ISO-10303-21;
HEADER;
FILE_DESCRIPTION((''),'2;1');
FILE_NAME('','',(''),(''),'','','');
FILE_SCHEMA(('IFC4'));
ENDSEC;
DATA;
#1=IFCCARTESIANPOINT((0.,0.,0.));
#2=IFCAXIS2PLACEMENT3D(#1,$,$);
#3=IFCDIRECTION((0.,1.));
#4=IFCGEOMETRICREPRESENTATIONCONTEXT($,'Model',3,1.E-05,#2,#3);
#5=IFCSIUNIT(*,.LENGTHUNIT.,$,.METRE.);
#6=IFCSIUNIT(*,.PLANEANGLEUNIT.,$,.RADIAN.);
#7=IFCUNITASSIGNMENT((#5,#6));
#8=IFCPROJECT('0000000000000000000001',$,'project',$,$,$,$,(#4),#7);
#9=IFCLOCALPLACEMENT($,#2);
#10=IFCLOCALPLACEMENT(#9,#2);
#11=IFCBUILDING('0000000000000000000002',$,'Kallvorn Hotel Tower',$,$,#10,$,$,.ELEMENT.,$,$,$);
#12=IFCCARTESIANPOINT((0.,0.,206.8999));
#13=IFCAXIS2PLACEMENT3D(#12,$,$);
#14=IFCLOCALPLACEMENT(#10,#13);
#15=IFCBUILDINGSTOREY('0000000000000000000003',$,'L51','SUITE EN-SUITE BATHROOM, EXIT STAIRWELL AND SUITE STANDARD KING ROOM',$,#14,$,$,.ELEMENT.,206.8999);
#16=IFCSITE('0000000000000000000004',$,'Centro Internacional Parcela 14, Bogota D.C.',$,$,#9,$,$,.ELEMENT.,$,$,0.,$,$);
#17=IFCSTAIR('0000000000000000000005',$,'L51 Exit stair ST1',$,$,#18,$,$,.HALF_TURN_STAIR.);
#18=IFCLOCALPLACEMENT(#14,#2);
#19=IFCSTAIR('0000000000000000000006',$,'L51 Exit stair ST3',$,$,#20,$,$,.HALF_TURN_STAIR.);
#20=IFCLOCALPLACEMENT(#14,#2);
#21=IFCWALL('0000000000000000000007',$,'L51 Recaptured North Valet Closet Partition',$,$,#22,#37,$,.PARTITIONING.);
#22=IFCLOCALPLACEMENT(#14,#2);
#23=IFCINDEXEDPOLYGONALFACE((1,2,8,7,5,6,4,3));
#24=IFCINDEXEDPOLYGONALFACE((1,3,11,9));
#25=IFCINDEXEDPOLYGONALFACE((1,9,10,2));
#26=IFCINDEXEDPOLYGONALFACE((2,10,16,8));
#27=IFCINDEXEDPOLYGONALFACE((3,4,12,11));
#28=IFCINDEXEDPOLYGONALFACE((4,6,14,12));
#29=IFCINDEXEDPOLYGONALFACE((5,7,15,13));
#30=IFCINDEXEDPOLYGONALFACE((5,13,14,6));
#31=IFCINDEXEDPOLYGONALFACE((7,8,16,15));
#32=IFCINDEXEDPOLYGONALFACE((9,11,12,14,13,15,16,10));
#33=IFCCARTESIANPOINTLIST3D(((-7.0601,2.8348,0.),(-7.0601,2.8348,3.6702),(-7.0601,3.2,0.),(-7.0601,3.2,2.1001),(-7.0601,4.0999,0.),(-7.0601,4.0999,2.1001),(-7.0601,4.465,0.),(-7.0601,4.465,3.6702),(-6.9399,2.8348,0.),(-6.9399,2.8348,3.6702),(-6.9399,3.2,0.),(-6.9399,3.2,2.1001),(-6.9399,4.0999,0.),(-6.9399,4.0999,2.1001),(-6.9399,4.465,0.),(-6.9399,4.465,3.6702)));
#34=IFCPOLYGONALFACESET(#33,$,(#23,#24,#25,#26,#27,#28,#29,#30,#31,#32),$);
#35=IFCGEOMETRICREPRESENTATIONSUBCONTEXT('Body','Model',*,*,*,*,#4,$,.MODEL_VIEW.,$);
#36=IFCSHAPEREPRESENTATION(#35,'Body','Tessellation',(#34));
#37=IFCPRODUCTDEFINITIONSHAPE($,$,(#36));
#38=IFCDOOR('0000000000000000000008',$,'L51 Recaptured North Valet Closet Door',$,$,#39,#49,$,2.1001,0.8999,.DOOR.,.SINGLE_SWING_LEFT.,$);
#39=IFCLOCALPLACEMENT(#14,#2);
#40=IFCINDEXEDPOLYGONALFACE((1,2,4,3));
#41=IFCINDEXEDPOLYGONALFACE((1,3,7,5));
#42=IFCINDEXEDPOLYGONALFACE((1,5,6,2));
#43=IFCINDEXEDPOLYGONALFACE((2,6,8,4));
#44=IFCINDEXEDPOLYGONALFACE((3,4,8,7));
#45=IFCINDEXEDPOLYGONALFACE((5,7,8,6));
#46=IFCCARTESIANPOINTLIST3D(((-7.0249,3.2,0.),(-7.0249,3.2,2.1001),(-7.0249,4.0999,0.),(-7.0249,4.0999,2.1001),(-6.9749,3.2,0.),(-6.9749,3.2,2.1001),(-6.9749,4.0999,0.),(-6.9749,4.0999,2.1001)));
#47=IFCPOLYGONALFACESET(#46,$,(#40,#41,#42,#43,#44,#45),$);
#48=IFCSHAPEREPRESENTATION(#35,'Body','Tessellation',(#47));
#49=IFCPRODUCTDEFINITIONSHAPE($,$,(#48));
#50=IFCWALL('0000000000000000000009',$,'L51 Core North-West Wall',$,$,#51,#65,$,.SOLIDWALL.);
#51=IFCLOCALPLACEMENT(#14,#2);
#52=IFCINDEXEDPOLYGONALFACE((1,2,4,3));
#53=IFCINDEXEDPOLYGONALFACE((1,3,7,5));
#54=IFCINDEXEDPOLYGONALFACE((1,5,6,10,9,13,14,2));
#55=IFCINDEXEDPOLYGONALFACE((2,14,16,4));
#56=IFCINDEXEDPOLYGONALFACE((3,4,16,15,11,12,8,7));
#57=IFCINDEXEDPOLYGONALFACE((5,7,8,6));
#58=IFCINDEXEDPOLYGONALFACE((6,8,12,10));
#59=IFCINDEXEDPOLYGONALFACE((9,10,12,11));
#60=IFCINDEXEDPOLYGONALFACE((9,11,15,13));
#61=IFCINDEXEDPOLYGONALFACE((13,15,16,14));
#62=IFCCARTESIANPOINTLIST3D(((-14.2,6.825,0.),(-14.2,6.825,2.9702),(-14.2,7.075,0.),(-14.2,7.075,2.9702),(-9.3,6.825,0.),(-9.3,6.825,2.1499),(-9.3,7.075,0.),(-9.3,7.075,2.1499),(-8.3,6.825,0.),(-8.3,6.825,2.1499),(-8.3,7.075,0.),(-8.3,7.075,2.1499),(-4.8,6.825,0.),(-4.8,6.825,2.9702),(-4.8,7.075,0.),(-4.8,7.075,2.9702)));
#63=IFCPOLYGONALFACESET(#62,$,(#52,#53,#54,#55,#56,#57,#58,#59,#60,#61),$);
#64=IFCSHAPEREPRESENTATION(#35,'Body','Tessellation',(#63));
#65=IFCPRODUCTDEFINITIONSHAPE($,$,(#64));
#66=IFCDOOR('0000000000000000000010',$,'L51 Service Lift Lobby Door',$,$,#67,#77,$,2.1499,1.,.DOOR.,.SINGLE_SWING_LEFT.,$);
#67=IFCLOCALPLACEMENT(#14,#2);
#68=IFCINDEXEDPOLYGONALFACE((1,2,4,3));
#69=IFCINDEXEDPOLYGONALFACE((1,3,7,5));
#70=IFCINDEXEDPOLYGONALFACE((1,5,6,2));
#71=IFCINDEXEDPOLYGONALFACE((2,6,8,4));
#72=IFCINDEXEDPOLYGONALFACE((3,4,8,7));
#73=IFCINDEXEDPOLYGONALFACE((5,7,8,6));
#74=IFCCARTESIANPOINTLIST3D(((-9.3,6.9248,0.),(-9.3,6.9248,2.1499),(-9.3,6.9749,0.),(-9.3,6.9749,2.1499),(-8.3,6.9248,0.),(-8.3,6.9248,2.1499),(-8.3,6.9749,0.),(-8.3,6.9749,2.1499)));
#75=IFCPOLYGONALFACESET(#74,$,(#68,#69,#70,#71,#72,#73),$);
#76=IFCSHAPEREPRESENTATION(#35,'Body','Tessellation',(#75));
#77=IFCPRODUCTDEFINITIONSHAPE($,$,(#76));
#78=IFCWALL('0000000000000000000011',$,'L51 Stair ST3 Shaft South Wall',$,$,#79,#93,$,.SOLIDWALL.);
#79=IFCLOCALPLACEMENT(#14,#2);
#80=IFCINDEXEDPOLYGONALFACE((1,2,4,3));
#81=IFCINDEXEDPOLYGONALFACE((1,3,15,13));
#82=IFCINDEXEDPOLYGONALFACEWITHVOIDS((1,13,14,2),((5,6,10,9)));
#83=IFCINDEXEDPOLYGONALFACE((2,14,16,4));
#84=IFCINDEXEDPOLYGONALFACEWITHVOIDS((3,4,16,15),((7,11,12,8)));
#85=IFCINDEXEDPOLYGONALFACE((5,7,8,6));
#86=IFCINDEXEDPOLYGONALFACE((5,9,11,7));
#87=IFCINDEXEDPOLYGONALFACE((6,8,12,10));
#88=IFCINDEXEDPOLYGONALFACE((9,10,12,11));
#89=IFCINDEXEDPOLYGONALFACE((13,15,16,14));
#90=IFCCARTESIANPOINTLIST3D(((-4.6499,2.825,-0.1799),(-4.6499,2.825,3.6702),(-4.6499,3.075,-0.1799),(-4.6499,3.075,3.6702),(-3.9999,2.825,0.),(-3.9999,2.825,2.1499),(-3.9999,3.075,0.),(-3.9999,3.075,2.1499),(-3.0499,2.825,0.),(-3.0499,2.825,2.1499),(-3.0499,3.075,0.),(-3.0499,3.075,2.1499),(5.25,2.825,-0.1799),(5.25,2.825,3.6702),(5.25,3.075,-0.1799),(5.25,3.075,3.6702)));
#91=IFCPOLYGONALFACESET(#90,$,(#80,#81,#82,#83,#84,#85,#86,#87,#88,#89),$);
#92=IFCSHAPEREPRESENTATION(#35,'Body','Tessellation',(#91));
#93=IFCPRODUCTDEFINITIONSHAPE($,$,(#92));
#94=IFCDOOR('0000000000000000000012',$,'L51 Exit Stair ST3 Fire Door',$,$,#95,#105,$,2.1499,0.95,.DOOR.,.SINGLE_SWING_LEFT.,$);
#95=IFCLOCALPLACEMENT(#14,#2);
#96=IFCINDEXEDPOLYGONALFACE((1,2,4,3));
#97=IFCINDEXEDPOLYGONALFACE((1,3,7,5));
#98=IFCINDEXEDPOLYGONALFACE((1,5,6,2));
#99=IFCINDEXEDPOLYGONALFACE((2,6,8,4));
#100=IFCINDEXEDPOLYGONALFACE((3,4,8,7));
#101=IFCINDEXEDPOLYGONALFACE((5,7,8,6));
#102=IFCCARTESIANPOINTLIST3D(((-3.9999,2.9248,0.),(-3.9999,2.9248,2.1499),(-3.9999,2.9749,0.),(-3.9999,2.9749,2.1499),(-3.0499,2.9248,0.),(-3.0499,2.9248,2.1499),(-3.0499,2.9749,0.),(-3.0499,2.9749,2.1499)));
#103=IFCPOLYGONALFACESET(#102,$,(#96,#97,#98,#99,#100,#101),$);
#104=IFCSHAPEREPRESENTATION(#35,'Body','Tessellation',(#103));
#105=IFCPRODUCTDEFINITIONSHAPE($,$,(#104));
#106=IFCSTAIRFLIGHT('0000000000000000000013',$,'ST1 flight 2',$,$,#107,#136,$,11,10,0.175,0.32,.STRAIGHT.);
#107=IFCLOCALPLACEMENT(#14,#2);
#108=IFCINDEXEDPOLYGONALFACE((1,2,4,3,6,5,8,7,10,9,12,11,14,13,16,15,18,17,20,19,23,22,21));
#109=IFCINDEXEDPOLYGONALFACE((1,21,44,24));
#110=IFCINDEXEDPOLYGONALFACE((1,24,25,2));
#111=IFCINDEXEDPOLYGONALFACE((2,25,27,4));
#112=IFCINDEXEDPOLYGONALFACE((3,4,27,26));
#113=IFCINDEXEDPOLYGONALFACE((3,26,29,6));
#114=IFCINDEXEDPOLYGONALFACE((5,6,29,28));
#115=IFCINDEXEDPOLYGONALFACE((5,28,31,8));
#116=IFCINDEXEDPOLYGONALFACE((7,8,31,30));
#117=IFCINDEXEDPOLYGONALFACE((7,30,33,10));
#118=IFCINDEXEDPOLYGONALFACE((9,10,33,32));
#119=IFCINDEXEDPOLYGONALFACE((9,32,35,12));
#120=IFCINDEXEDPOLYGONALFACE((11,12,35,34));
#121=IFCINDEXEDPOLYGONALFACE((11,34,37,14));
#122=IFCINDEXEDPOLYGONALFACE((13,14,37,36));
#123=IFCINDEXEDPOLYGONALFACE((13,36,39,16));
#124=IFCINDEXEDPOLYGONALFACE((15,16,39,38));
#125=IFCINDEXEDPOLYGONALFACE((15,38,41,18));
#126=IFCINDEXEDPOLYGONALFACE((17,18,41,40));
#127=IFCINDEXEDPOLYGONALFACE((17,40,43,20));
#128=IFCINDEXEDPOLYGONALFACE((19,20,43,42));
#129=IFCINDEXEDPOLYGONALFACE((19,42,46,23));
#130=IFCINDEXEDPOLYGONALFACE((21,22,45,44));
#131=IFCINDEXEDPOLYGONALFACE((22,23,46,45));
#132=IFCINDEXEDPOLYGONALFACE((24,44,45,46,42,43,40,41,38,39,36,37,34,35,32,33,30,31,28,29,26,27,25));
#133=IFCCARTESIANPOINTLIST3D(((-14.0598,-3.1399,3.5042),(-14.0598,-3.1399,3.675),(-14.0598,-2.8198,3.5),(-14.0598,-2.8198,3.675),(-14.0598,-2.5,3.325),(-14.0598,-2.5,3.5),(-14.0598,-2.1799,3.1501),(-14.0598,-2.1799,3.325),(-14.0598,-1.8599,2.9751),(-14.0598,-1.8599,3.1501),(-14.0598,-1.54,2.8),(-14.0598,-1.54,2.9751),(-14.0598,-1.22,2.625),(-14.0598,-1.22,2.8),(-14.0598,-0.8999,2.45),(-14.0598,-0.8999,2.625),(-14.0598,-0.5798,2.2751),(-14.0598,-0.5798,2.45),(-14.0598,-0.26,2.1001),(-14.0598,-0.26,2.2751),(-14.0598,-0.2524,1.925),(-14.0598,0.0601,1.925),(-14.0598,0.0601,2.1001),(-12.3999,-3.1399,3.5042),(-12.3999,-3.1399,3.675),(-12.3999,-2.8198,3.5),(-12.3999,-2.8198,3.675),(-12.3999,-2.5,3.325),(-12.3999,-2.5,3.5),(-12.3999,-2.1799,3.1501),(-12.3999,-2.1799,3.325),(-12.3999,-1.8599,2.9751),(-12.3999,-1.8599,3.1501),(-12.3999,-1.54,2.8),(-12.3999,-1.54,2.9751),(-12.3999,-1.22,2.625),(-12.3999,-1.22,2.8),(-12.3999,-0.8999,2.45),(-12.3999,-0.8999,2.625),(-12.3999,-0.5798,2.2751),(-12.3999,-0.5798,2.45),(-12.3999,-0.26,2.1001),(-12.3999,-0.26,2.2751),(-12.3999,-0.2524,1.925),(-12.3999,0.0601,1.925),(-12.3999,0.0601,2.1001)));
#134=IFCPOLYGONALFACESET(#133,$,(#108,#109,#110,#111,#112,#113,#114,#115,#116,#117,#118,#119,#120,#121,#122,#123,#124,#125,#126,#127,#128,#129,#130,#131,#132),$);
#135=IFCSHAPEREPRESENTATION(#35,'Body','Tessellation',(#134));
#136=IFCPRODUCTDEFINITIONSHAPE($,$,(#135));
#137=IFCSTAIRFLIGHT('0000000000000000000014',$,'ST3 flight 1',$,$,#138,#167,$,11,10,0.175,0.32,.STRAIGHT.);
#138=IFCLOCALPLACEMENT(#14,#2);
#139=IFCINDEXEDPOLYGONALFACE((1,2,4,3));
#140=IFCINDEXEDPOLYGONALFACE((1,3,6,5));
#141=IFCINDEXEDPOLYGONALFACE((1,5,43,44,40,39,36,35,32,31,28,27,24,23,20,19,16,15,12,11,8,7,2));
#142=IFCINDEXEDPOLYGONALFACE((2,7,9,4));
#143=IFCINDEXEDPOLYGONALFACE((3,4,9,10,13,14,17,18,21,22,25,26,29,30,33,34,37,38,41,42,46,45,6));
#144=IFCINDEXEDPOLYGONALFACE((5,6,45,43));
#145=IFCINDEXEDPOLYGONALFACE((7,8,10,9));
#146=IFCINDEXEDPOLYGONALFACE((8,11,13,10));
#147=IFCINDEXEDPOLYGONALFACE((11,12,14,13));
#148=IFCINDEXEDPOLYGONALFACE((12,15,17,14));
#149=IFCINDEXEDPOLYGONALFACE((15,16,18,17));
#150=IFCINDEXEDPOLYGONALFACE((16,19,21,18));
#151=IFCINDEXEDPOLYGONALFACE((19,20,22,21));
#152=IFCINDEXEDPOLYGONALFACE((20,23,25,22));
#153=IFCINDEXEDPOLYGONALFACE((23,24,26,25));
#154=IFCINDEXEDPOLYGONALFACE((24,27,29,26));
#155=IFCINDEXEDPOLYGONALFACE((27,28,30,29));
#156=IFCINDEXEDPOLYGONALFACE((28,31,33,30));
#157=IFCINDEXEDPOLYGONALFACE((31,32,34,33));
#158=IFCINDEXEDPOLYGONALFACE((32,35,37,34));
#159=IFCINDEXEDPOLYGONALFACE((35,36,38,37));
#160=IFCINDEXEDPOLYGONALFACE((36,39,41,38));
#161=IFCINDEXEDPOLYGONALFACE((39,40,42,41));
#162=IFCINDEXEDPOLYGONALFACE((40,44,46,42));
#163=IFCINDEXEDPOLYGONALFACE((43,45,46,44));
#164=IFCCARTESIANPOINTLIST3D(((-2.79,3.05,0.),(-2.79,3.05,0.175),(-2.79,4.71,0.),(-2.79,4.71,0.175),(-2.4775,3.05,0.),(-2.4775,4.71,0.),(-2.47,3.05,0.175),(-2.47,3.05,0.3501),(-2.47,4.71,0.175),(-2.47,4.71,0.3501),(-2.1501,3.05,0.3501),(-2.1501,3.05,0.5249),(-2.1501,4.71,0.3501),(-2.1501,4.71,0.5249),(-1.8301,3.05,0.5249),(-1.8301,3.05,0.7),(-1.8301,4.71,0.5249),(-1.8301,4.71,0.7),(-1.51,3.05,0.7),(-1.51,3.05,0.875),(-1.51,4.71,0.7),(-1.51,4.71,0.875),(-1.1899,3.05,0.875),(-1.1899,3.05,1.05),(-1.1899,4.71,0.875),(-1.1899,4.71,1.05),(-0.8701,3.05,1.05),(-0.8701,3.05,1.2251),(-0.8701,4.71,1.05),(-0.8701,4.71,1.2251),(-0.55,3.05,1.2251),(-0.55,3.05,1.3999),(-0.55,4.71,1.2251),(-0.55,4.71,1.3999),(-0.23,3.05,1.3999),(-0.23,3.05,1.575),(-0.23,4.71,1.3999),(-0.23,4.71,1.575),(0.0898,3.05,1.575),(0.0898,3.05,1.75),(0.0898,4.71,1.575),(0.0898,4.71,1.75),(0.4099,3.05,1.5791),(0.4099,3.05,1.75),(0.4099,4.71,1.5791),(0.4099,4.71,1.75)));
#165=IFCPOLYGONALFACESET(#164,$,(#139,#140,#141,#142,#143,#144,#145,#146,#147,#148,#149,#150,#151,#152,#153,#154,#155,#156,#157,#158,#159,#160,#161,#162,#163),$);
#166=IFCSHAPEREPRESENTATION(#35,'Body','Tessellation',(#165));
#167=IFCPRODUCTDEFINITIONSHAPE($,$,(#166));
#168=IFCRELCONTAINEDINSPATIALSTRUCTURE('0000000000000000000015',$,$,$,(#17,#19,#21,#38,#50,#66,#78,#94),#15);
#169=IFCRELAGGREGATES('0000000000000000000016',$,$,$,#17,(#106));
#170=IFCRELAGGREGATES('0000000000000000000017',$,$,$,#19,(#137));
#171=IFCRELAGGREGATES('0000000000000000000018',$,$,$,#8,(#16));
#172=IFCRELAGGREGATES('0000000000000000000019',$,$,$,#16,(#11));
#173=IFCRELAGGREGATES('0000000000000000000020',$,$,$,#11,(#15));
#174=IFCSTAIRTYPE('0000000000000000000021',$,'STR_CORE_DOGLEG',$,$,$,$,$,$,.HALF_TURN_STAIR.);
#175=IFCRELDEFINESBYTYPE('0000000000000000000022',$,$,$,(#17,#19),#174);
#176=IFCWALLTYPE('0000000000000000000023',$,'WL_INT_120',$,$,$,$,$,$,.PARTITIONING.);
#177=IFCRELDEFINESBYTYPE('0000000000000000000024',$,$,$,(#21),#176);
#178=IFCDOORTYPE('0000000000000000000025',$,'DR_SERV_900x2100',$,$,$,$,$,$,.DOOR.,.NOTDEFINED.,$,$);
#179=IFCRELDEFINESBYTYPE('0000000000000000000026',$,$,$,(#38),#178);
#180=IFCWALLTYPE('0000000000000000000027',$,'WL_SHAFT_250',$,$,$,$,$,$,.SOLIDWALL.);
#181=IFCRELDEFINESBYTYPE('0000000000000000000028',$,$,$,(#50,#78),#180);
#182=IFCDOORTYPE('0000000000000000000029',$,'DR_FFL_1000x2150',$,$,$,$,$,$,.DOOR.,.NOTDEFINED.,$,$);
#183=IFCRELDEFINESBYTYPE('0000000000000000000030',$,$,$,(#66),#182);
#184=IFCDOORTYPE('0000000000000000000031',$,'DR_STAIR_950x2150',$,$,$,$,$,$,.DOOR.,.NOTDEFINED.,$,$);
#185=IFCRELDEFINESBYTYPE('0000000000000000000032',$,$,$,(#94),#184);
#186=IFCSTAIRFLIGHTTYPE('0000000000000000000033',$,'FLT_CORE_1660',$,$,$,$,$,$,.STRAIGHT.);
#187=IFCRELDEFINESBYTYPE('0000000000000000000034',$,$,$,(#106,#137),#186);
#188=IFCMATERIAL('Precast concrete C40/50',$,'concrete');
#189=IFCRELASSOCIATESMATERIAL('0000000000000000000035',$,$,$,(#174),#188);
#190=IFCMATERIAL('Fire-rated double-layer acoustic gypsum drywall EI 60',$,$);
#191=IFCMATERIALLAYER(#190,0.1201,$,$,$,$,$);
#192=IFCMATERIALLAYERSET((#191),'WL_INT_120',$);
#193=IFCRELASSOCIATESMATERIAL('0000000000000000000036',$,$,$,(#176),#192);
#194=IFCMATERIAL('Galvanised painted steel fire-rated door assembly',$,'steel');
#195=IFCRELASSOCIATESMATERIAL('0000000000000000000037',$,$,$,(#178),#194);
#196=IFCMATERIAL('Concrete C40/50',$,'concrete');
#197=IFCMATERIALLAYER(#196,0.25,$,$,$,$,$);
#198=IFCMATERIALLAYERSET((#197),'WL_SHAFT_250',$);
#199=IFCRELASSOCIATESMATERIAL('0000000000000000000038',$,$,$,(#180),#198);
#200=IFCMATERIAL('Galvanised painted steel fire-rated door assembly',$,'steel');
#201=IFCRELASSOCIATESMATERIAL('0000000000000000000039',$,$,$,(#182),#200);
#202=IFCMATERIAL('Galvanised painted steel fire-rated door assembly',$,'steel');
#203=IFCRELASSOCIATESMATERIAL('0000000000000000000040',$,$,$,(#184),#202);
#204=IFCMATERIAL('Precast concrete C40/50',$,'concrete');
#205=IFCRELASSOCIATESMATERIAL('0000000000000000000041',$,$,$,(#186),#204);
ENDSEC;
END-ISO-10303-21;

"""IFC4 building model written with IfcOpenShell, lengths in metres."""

from ifc_helpers import new_model, si_unit, direction, frame, frame_2d, origin, place, context, subcontext, project, spatial, polyline, rectangle, outline, extrude, material, layer, layer_set, type_object, element, fill, aggregate, save


model = new_model("IFC4")

# Units and contexts
model_context = context("Model", 3, precision=1e-05, world=origin(), true_north=direction((0.0, 1.0)))
body_context = subcontext(model_context, "Body", "Model", "MODEL_VIEW")
ifc_project = project(units=[si_unit("LENGTHUNIT", "METRE"), si_unit("PLANEANGLEUNIT", "RADIAN")], contexts=[model_context])

# Site, building, storey
site_placement = place(None, origin())
site = spatial("IfcSite", under=ifc_project, at=site_placement, Name="Centro Internacional Parcela 14, Bogota D.C.", CompositionType="ELEMENT", RefElevation=0.0)
building_placement = place(site_placement, origin())
building = spatial("IfcBuilding", under=site, at=building_placement, Name="Kallvorn Hotel Tower", CompositionType="ELEMENT")
storey_placement = place(building_placement, frame((0.0, 0.0, 206.8999)))
storey = spatial("IfcBuildingStorey", under=building, at=storey_placement, Name="L51", Description="SUITE EN-SUITE BATHROOM, EXIT STAIRWELL AND SUITE STANDARD KING ROOM", CompositionType="ELEMENT", Elevation=206.8999)

# Stairs
ifc_material_1 = material(Name="Precast concrete C40/50", Category="concrete")
stair_type = type_object("IfcStairType", Name="STR_CORE_DOGLEG", PredefinedType="HALF_TURN_STAIR", material=ifc_material_1)
stair_1_placement = place(storey_placement, origin())
stair_1 = element("IfcStair", 1, at=stair_1_placement, inside=storey, type_object=stair_type, Name="L51 Exit stair ST1", PredefinedType="HALF_TURN_STAIR")
stair_2_placement = place(storey_placement, origin())
stair_2 = element("IfcStair", 2, at=stair_2_placement, inside=storey, type_object=stair_type, Name="L51 Exit stair ST3", PredefinedType="HALF_TURN_STAIR")

# Shared definitions
ifc_material_2 = material(Name="Fire-rated double-layer acoustic gypsum drywall EI 60")
ifc_layer_1 = layer(ifc_material_2, 0.1201)
ifc_layer_set_1 = layer_set([ifc_layer_1], Name="WL_INT_120")
wall_type_1 = type_object("IfcWallType", Name="WL_INT_120", PredefinedType="PARTITIONING", material=ifc_layer_set_1)

# Walls, openings, doors
wall_1_placement = place(storey_placement, frame((-7.0, 2.835, 0.0), z_axis=(0.0, 0.0, 1.0), x_axis=(0.0, 1.0, 0.0)))
wall_1 = element("IfcWall", 3, at=wall_1_placement, inside=storey, type_object=wall_type_1, Name="L51 Recaptured North Valet Closet Partition", PredefinedType="PARTITIONING", context=body_context, shape_type="SweptSolid", body=[
    extrude(rectangle(XDim=1.6301, YDim=0.1201, at=frame_2d((0.8149, 0.0))), origin(), (0.0, 0.0, 1.0), 3.6702),
])
opening_1_placement = place(wall_1_placement, frame((0.365, 0.0, 0.0)))
opening_1 = element("IfcOpeningElement", 4, at=opening_1_placement, cuts=wall_1, PredefinedType="OPENING", context=body_context, shape_type="SweptSolid", body=[
    extrude(rectangle(XDim=0.8999, YDim=2.1001, at=frame_2d((0.45, 1.05))), frame((0.0, 0.075, 0.0), z_axis=(0.0, -1.0, 0.0), x_axis=(1.0, 0.0, 0.0)), (0.0, 0.0, 1.0), 0.1501),
])
ifc_material_3 = material(Name="Galvanised painted steel fire-rated door assembly", Category="steel")
door_type_1 = type_object("IfcDoorType", Name="DR_SERV_900x2100", OperationType="NOTDEFINED", PredefinedType="DOOR", material=ifc_material_3)
door_1_placement = place(opening_1_placement, origin())
door_1 = element("IfcDoor", 5, at=door_1_placement, inside=storey, type_object=door_type_1, Name="L51 Recaptured North Valet Closet Door", OperationType="SINGLE_SWING_LEFT", OverallHeight=2.1001, OverallWidth=0.8999, PredefinedType="DOOR", context=body_context, shape_type="SweptSolid", body=[
    extrude(rectangle(XDim=0.8999, YDim=2.1001, at=frame_2d((0.45, 1.05))), frame((0.0, 0.0249, 0.0), z_axis=(0.0, -1.0, 0.0), x_axis=(1.0, 0.0, 0.0)), (0.0, 0.0, 1.0), 0.05),
])
fill(opening_1, door_1)
ifc_material_4 = material(Name="Concrete C40/50", Category="concrete")
ifc_layer_2 = layer(ifc_material_4, 0.25)
ifc_layer_set_2 = layer_set([ifc_layer_2], Name="WL_SHAFT_250")
wall_type_2 = type_object("IfcWallType", Name="WL_SHAFT_250", PredefinedType="SOLIDWALL", material=ifc_layer_set_2)
wall_2_placement = place(storey_placement, frame((-14.2, 6.95, 0.0), z_axis=(0.0, 0.0, 1.0), x_axis=(1.0, 0.0, 0.0)))
wall_2 = element("IfcWall", 6, at=wall_2_placement, inside=storey, type_object=wall_type_2, Name="L51 Core North-West Wall", PredefinedType="SOLIDWALL", context=body_context, shape_type="SweptSolid", body=[
    extrude(rectangle(XDim=9.3999, YDim=0.25, at=frame_2d((4.7, 0.0))), origin(), (0.0, 0.0, 1.0), 2.9702),
])
opening_2_placement = place(wall_2_placement, frame((4.8999, 0.0, 0.0)))
opening_2 = element("IfcOpeningElement", 7, at=opening_2_placement, cuts=wall_2, PredefinedType="OPENING", context=body_context, shape_type="SweptSolid", body=[
    extrude(rectangle(XDim=1.0, YDim=2.1499, at=frame_2d((0.5, 1.075))), frame((0.0, 0.1399, 0.0), z_axis=(0.0, -1.0, 0.0), x_axis=(1.0, 0.0, 0.0)), (0.0, 0.0, 1.0), 0.28),
])
ifc_material_5 = material(Name="Galvanised painted steel fire-rated door assembly", Category="steel")
door_type_2 = type_object("IfcDoorType", Name="DR_FFL_1000x2150", OperationType="NOTDEFINED", PredefinedType="DOOR", material=ifc_material_5)
door_2_placement = place(opening_2_placement, origin())
door_2 = element("IfcDoor", 8, at=door_2_placement, inside=storey, type_object=door_type_2, Name="L51 Service Lift Lobby Door", OperationType="SINGLE_SWING_LEFT", OverallHeight=2.1499, OverallWidth=1.0, PredefinedType="DOOR", context=body_context, shape_type="SweptSolid", body=[
    extrude(rectangle(XDim=1.0, YDim=2.1499, at=frame_2d((0.5, 1.075))), frame((0.0, 0.0249, 0.0), z_axis=(0.0, -1.0, 0.0), x_axis=(1.0, 0.0, 0.0)), (0.0, 0.0, 1.0), 0.05),
])
fill(opening_2, door_2)
wall_3_placement = place(storey_placement, frame((-4.6499, 2.95, -0.1799), z_axis=(0.0, 0.0, 1.0), x_axis=(1.0, 0.0, 0.0)))
wall_3 = element("IfcWall", 9, at=wall_3_placement, inside=storey, type_object=wall_type_2, Name="L51 Stair ST3 Shaft South Wall", PredefinedType="SOLIDWALL", context=body_context, shape_type="SweptSolid", body=[
    extrude(rectangle(XDim=9.8999, YDim=0.25, at=frame_2d((4.95, 0.0))), origin(), (0.0, 0.0, 1.0), 3.8501),
])
opening_3_placement = place(wall_3_placement, frame((0.6499, 0.0, 0.1799)))
opening_3 = element("IfcOpeningElement", 10, at=opening_3_placement, cuts=wall_3, PredefinedType="OPENING", context=body_context, shape_type="SweptSolid", body=[
    extrude(rectangle(XDim=0.95, YDim=2.1499, at=frame_2d((0.4751, 1.075))), frame((0.0, 0.1399, 0.0), z_axis=(0.0, -1.0, 0.0), x_axis=(1.0, 0.0, 0.0)), (0.0, 0.0, 1.0), 0.28),
])
ifc_material_6 = material(Name="Galvanised painted steel fire-rated door assembly", Category="steel")
door_type_3 = type_object("IfcDoorType", Name="DR_STAIR_950x2150", OperationType="NOTDEFINED", PredefinedType="DOOR", material=ifc_material_6)
door_3_placement = place(opening_3_placement, origin())
door_3 = element("IfcDoor", 11, at=door_3_placement, inside=storey, type_object=door_type_3, Name="L51 Exit Stair ST3 Fire Door", OperationType="SINGLE_SWING_LEFT", OverallHeight=2.1499, OverallWidth=0.95, PredefinedType="DOOR", context=body_context, shape_type="SweptSolid", body=[
    extrude(rectangle(XDim=0.95, YDim=2.1499, at=frame_2d((0.4751, 1.075))), frame((0.0, 0.0249, 0.0), z_axis=(0.0, -1.0, 0.0), x_axis=(1.0, 0.0, 0.0)), (0.0, 0.0, 1.0), 0.05),
])
fill(opening_3, door_3)

# Stair flights
ifc_material_7 = material(Name="Precast concrete C40/50", Category="concrete")
stair_flight_type = type_object("IfcStairFlightType", Name="FLT_CORE_1660", PredefinedType="STRAIGHT", material=ifc_material_7)
stair_flight_1_placement = place(storey_placement, frame((-13.23, 0.0601, 1.925), z_axis=(0.0, 0.0, 1.0), x_axis=(0.0, -1.0, 0.0)))
stair_flight_1 = element("IfcStairFlight", 12, at=stair_flight_1_placement, type_object=stair_flight_type, Name="ST1 flight 2", NumberOfRisers=11, NumberOfTreads=10, PredefinedType="STRAIGHT", RiserHeight=0.175, TreadLength=0.32, context=body_context, shape_type="SweptSolid", body=[
    extrude(outline(polyline([(0.0, 0.0), (0.0, 0.175), (0.3201, 0.175), (0.3201, 0.3501), (0.6399, 0.3501), (0.6399, 0.5249), (0.96, 0.5249), (0.96, 0.7), (1.28, 0.7), (1.28, 0.875), (1.6001, 0.875), (1.6001, 1.05), (1.9199, 1.05), (1.9199, 1.2251), (2.24, 1.2251), (2.24, 1.3999), (2.5601, 1.3999), (2.5601, 1.575), (2.8799, 1.575), (2.8799, 1.75), (3.2, 1.75), (3.2, 1.925), (3.2, 1.5791), (0.3125, 0.0), (0.0, 0.0)])), frame((0.0, 0.8301, 0.0), z_axis=(0.0, -1.0, 0.0), x_axis=(1.0, 0.0, 0.0)), (0.0, 0.0, 1.0), 1.6599),
])
aggregate(stair_1, [stair_flight_1])
stair_flight_2_placement = place(storey_placement, frame((-2.79, 3.8799, 0.0), z_axis=(0.0, 0.0, 1.0), x_axis=(1.0, 0.0, 0.0)))
stair_flight_2 = element("IfcStairFlight", 13, at=stair_flight_2_placement, type_object=stair_flight_type, Name="ST3 flight 1", NumberOfRisers=11, NumberOfTreads=10, PredefinedType="STRAIGHT", RiserHeight=0.175, TreadLength=0.32, context=body_context, shape_type="SweptSolid", body=[
    extrude(outline(polyline([(0.0, 0.0), (0.0, 0.175), (0.3201, 0.175), (0.3201, 0.3501), (0.6399, 0.3501), (0.6399, 0.5249), (0.96, 0.5249), (0.96, 0.7), (1.28, 0.7), (1.28, 0.875), (1.6001, 0.875), (1.6001, 1.05), (1.9199, 1.05), (1.9199, 1.2251), (2.24, 1.2251), (2.24, 1.3999), (2.5601, 1.3999), (2.5601, 1.575), (2.8799, 1.575), (2.8799, 1.75), (3.2, 1.75), (3.2, 1.925), (3.2, 1.5791), (0.3125, 0.0), (0.0, 0.0)])), frame((0.0, 0.8301, 0.0), z_axis=(0.0, -1.0, 0.0), x_axis=(1.0, 0.0, 0.0)), (0.0, 0.0, 1.0), 1.6599),
])
aggregate(stair_2, [stair_flight_2])

save(model, "model.ifc")
